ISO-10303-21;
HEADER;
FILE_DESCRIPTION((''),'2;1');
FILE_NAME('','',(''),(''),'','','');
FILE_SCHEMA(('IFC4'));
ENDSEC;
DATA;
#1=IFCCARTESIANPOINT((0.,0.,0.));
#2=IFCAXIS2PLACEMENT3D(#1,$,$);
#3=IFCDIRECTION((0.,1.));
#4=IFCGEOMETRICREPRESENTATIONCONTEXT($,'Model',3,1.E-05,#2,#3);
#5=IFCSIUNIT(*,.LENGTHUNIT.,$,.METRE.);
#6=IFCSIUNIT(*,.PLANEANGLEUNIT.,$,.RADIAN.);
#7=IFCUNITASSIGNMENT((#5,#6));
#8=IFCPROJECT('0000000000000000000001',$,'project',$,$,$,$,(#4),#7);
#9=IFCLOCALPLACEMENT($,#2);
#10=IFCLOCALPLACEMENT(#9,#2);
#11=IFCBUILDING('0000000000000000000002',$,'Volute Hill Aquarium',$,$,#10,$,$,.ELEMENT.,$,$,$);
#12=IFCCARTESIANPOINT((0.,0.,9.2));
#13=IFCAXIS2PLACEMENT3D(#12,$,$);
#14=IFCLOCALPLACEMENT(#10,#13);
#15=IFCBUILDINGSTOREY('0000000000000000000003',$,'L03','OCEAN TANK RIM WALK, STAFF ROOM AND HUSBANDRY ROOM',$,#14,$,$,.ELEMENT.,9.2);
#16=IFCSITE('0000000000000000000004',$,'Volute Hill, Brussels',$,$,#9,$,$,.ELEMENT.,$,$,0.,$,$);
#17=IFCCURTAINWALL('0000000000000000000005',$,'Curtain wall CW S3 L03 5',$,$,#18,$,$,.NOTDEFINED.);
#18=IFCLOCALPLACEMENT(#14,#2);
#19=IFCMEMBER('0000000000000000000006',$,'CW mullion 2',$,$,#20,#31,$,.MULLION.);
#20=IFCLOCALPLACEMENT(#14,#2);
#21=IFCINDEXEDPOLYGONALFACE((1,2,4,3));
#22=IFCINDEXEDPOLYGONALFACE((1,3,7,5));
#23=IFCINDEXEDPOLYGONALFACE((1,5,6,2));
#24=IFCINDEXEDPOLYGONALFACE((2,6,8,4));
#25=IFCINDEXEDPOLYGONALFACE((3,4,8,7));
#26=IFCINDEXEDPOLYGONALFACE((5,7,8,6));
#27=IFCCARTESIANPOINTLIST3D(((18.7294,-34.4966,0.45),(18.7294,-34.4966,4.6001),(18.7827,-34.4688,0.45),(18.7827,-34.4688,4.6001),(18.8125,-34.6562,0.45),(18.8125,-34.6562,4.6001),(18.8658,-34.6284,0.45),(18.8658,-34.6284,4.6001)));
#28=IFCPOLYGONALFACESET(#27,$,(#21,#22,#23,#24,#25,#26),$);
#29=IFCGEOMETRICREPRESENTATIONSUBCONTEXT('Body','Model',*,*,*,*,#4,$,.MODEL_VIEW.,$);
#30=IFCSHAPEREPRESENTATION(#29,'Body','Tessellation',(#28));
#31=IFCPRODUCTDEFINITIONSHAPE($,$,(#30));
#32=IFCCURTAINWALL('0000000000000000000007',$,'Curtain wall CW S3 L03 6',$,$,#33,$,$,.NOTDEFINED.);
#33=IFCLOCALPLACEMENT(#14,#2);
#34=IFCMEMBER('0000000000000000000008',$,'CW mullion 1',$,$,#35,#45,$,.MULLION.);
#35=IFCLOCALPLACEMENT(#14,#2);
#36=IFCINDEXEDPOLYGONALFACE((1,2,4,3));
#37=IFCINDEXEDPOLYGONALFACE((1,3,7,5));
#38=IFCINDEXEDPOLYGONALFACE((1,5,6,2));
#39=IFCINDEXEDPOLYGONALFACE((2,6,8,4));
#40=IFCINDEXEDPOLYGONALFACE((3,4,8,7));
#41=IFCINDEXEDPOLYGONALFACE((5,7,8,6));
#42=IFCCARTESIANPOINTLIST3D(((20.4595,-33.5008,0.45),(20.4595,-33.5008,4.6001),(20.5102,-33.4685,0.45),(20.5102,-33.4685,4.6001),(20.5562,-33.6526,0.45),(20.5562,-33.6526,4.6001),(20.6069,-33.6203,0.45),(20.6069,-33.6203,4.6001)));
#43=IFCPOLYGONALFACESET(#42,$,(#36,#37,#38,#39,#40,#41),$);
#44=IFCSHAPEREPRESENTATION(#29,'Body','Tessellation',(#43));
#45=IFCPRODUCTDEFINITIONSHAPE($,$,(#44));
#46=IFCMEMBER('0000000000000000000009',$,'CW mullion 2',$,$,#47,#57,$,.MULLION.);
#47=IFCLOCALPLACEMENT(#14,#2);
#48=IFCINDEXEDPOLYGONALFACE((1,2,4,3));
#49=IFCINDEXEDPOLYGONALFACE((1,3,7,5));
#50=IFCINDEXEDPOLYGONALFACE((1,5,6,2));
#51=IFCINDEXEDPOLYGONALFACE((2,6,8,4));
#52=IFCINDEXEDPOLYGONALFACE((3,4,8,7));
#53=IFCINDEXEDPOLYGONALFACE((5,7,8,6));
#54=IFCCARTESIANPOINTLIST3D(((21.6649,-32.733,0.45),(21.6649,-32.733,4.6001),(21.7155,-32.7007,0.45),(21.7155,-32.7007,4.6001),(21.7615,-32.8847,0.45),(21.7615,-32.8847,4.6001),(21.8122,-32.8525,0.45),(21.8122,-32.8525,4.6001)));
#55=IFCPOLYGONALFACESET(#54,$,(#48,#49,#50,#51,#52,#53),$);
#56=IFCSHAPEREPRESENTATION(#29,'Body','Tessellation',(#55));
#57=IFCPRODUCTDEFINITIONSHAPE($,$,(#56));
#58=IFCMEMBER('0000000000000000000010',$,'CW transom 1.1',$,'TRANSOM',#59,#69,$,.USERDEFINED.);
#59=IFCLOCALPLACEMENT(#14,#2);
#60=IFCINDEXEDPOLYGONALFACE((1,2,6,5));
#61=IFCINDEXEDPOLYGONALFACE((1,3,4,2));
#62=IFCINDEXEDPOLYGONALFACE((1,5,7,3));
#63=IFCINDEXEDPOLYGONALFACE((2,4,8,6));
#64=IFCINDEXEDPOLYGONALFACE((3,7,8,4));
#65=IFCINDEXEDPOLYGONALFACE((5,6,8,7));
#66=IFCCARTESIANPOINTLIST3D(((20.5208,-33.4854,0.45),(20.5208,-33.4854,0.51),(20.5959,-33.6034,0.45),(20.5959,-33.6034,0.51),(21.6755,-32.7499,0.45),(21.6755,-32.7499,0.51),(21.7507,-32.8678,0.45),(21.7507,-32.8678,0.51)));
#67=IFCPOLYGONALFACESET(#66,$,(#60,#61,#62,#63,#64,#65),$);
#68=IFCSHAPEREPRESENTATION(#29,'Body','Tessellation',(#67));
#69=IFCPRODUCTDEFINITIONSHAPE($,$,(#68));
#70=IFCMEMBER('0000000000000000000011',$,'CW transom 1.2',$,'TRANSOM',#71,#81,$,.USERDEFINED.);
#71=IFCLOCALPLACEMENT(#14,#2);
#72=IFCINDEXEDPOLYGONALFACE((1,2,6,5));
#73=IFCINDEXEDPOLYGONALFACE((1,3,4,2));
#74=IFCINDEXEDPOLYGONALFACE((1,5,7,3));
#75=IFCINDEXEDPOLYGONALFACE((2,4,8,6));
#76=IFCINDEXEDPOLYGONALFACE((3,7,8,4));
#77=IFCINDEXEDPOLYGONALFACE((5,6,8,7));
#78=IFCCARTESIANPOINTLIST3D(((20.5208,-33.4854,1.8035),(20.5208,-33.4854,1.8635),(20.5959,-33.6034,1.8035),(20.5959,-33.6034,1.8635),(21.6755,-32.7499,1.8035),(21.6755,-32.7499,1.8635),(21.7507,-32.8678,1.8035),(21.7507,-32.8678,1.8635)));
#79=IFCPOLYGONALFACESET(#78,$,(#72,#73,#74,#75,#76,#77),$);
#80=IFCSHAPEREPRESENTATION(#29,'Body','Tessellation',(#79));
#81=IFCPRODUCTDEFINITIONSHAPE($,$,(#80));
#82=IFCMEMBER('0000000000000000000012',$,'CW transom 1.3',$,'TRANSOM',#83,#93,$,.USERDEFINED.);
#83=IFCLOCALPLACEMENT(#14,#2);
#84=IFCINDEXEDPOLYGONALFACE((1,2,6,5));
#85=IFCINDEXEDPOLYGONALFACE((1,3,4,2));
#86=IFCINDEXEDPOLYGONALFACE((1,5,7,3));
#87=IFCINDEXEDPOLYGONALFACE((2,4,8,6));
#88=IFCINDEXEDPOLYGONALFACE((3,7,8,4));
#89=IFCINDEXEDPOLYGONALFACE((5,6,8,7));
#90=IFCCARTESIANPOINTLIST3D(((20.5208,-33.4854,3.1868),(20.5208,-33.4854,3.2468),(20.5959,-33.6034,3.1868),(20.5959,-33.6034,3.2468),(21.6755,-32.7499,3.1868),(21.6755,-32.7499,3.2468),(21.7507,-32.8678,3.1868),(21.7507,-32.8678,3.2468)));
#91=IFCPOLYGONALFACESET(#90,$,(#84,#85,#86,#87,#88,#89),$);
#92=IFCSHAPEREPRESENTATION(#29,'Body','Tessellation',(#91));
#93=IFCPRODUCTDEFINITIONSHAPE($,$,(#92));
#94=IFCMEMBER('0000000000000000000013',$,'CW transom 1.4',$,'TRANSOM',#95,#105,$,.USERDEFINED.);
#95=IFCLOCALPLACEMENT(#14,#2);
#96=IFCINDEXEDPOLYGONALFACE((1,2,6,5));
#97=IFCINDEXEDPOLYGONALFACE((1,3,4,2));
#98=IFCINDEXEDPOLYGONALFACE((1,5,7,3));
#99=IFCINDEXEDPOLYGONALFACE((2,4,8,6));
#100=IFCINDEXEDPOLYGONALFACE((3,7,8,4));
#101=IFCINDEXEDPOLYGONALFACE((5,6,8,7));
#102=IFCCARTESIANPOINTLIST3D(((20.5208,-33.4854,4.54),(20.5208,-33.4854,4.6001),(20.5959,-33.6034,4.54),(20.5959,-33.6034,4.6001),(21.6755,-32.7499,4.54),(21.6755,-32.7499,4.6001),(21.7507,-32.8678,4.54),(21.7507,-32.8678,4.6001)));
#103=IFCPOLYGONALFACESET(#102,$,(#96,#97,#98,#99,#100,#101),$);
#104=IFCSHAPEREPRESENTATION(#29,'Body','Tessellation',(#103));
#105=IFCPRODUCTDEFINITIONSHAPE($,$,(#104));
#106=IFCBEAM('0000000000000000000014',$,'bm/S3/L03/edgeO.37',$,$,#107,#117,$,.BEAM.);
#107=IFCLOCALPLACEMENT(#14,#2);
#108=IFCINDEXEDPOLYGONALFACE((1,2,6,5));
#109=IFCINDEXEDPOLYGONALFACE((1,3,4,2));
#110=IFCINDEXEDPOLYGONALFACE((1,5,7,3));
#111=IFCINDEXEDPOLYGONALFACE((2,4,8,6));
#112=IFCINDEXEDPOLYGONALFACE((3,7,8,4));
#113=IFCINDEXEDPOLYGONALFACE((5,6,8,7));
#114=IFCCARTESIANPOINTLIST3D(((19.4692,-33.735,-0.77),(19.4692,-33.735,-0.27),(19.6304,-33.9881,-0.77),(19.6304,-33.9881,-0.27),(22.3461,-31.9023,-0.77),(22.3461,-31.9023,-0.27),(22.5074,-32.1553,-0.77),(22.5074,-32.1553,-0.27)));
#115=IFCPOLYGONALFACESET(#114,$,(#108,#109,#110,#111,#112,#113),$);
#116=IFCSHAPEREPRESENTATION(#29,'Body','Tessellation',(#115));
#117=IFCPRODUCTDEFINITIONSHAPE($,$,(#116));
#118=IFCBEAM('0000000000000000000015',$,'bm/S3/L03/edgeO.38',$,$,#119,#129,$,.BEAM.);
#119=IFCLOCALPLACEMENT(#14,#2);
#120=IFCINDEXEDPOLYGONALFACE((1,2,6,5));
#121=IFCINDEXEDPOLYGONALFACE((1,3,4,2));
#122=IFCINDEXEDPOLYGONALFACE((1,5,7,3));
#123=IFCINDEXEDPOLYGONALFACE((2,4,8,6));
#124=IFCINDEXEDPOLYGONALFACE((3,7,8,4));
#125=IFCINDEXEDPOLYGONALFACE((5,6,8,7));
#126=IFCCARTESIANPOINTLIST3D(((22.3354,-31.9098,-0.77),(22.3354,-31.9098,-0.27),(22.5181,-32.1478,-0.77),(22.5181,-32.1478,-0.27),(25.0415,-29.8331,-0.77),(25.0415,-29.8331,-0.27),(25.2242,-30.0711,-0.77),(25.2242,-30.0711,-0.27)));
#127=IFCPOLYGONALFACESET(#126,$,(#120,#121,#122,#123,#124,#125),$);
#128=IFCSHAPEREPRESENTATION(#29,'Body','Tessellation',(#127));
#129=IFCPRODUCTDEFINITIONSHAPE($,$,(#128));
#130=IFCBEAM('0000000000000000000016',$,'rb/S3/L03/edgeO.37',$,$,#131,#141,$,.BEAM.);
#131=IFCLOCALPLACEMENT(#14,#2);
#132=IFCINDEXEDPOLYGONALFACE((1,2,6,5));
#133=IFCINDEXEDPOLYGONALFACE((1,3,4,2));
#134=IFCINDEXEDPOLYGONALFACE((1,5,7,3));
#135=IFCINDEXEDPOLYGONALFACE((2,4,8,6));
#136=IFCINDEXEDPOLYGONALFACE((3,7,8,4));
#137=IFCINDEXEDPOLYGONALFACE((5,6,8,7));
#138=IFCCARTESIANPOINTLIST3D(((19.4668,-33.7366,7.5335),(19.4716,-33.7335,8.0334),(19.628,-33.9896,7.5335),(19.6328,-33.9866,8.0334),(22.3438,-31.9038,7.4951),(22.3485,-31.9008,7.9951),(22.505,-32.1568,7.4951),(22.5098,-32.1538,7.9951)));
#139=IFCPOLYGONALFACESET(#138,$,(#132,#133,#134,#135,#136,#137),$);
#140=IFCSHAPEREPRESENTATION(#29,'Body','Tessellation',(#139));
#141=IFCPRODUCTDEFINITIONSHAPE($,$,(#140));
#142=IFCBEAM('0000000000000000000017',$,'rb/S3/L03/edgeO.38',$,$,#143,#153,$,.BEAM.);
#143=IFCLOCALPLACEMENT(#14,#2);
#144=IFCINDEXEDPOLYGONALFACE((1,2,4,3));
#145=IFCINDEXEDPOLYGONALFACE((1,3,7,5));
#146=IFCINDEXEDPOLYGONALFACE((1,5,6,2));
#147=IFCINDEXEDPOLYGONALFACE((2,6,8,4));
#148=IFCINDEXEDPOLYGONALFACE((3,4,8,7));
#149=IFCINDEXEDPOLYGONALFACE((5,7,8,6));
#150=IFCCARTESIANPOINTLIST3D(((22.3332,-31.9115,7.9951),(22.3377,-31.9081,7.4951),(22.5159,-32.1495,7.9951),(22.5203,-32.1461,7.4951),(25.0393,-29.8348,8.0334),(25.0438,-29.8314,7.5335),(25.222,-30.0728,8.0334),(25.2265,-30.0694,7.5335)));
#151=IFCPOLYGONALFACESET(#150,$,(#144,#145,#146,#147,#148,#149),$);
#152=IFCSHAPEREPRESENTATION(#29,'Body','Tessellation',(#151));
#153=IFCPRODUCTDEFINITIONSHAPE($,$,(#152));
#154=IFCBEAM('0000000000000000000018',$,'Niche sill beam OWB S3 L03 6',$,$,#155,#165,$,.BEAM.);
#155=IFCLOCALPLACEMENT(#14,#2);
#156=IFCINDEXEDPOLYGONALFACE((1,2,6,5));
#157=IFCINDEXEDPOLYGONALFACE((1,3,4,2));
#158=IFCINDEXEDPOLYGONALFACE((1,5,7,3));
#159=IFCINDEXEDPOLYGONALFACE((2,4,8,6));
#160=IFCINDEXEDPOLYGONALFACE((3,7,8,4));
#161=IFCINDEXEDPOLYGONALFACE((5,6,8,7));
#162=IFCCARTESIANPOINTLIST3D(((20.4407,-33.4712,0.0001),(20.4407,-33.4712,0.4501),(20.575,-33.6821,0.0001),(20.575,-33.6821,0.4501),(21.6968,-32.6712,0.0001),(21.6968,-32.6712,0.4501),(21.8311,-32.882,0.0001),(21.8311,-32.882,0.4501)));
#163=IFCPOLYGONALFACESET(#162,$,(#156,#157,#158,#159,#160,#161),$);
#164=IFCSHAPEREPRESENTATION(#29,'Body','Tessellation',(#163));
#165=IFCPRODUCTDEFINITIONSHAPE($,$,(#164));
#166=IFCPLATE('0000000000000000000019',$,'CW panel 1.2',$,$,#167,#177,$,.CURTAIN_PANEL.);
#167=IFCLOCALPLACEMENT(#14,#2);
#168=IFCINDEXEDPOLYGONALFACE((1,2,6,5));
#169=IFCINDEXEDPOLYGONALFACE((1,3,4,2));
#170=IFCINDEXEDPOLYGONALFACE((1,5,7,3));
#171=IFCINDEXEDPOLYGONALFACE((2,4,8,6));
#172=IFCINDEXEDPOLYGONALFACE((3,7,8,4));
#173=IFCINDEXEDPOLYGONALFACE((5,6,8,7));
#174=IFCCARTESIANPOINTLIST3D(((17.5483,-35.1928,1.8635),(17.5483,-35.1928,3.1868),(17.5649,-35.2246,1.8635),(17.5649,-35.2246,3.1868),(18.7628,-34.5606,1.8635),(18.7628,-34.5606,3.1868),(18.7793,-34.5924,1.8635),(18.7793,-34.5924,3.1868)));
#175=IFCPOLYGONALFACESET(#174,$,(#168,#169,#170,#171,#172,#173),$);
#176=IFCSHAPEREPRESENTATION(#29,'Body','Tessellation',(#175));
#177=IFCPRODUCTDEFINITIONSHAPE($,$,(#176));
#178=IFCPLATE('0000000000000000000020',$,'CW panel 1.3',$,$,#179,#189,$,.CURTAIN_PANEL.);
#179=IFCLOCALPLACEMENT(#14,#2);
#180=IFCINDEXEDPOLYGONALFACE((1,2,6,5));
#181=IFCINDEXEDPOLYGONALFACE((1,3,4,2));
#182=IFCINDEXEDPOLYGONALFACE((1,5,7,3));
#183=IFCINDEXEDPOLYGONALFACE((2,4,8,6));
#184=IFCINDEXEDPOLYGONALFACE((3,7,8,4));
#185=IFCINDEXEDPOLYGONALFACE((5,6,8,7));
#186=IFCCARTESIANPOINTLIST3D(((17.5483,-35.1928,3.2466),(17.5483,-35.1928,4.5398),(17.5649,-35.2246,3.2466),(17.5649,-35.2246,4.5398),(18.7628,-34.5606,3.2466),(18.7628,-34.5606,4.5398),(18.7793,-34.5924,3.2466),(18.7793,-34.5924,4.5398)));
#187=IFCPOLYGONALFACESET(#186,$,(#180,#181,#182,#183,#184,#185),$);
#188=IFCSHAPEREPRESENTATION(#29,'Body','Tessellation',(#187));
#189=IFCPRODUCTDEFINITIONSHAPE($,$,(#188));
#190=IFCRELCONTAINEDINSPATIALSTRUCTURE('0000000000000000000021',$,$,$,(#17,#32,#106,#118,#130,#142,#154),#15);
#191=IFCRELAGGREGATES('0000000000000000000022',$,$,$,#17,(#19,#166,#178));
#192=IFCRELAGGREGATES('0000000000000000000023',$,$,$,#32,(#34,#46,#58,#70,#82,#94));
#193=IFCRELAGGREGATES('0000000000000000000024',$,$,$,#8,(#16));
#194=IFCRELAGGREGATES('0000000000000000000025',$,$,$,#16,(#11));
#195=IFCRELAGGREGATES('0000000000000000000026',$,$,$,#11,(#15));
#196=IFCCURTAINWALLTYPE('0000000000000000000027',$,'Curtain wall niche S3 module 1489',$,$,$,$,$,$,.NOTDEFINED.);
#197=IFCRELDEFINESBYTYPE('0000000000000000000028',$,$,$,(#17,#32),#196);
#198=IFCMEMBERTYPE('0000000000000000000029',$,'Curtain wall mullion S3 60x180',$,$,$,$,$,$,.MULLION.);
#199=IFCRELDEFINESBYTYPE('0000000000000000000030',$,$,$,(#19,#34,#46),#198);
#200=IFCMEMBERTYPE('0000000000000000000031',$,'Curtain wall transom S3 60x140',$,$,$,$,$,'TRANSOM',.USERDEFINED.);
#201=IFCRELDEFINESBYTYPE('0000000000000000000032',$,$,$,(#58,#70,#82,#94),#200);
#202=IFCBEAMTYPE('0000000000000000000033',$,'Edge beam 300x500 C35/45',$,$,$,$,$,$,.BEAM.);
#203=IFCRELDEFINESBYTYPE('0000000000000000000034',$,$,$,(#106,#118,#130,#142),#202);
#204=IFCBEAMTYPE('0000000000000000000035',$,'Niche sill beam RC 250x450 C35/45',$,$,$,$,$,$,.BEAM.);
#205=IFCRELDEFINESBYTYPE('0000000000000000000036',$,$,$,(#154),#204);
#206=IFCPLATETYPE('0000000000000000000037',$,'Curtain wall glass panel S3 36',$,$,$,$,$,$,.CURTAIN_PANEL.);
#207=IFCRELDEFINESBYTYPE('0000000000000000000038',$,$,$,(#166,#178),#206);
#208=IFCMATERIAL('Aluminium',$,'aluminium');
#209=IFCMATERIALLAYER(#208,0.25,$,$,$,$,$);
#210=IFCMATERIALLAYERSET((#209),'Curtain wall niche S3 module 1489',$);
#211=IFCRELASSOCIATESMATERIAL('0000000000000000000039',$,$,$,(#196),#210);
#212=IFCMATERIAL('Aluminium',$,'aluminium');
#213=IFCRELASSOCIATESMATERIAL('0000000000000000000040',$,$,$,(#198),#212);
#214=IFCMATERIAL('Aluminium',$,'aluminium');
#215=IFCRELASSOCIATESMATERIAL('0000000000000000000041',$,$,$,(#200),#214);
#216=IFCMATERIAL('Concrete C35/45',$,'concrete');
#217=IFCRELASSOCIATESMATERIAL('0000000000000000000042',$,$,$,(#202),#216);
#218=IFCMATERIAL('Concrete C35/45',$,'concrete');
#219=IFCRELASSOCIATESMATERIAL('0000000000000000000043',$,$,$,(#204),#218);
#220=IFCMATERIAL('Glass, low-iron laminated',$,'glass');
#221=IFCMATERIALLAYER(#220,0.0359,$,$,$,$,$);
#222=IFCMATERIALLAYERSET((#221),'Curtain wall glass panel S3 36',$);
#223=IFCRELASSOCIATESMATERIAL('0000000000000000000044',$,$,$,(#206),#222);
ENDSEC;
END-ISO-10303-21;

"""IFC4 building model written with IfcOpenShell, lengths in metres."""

from ifc_helpers import new_model, si_unit, direction, frame, origin, origin_2d, place, context, subcontext, project, spatial, rectangle, extrude, material, layer, layer_set, material_profile, profile_set, type_object, element, aggregate, save


model = new_model("IFC4")

# Units and contexts
model_context = context("Model", 3, precision=1e-05, world=origin(), true_north=direction((0.0, 1.0)))
body_context = subcontext(model_context, "Body", "Model", "MODEL_VIEW")
ifc_project = project(units=[si_unit("LENGTHUNIT", "METRE"), si_unit("PLANEANGLEUNIT", "RADIAN")], contexts=[model_context])

# Site, building, storey
site_placement = place(None, origin())
site = spatial("IfcSite", under=ifc_project, at=site_placement, Name="Volute Hill, Brussels", CompositionType="ELEMENT", RefElevation=0.0)
building_placement = place(site_placement, origin())
building = spatial("IfcBuilding", under=site, at=building_placement, Name="Volute Hill Aquarium", CompositionType="ELEMENT")
storey_placement = place(building_placement, frame((0.0, 0.0, 9.2)))
storey = spatial("IfcBuildingStorey", under=building, at=storey_placement, Name="L03", Description="OCEAN TANK RIM WALK, STAFF ROOM AND HUSBANDRY ROOM", CompositionType="ELEMENT", Elevation=9.2)

# Curtain wall, member
ifc_material_1 = material(Name="Aluminium", Category="aluminium")
ifc_layer_1 = layer(ifc_material_1, 0.25)
ifc_layer_set_1 = layer_set([ifc_layer_1], Name="Curtain wall niche S3 module 1489")
curtain_wall_type = type_object("IfcCurtainWallType", Name="Curtain wall niche S3 module 1489", PredefinedType="NOTDEFINED", material=ifc_layer_set_1)
curtain_wall_1_placement = place(storey_placement, origin())
curtain_wall_1 = element("IfcCurtainWall", 1, at=curtain_wall_1_placement, inside=storey, type_object=curtain_wall_type, Name="Curtain wall CW S3 L03 5", PredefinedType="NOTDEFINED")
ifc_material_2 = material(Name="Aluminium", Category="aluminium")
ifc_material_profile_1 = material_profile(ifc_material_2, rectangle(XDim=0.1799, YDim=0.0601, at=origin_2d()), Name="Curtain wall mullion S3 60x180")
ifc_profile_set_1 = profile_set([ifc_material_profile_1], Name="Aluminium")
member_type_1 = type_object("IfcMemberType", Name="Curtain wall mullion S3 60x180", PredefinedType="MULLION", material=ifc_profile_set_1)
member_1_placement = place(storey_placement, frame((18.7976, -34.5625, 0.45), z_axis=(0.0, 0.0, 1.0), x_axis=(-0.461744, 0.887013, 0.0)))
member_1 = element("IfcMember", 2, at=member_1_placement, type_object=member_type_1, Name="CW mullion 2", PredefinedType="MULLION", context=body_context, shape_type="SweptSolid", body=[
    extrude(rectangle(XDim=0.1799, YDim=0.0601, at=origin_2d()), origin(), (0.0, 0.0, 1.0), 4.1501),
])

# Curtain wall, members
curtain_wall_2_placement = place(storey_placement, origin())
curtain_wall_2 = element("IfcCurtainWall", 3, at=curtain_wall_2_placement, inside=storey, type_object=curtain_wall_type, Name="Curtain wall CW S3 L03 6", PredefinedType="NOTDEFINED")
member_2_placement = place(storey_placement, frame((20.5332, -33.5605, 0.45), z_axis=(0.0, 0.0, 1.0), x_axis=(-0.537307, 0.843387, 0.0)))
member_2 = element("IfcMember", 4, at=member_2_placement, type_object=member_type_1, Name="CW mullion 1", PredefinedType="MULLION", context=body_context, shape_type="SweptSolid", body=[
    extrude(rectangle(XDim=0.1799, YDim=0.0601, at=origin_2d()), origin(), (0.0, 0.0, 1.0), 4.1501),
])
member_3_placement = place(storey_placement, frame((21.7385, -32.7927, 0.45), z_axis=(0.0, 0.0, 1.0), x_axis=(-0.537307, 0.843387, 0.0)))
member_3 = element("IfcMember", 5, at=member_3_placement, type_object=member_type_1, Name="CW mullion 2", PredefinedType="MULLION", context=body_context, shape_type="SweptSolid", body=[
    extrude(rectangle(XDim=0.1799, YDim=0.0601, at=origin_2d()), origin(), (0.0, 0.0, 1.0), 4.1501),
])
ifc_material_3 = material(Name="Aluminium", Category="aluminium")
ifc_material_profile_2 = material_profile(ifc_material_3, rectangle(XDim=0.1399, YDim=0.0601, at=origin_2d()), Name="Curtain wall transom S3 60x140")
ifc_profile_set_2 = profile_set([ifc_material_profile_2], Name="Aluminium")
member_type_2 = type_object("IfcMemberType", Name="Curtain wall transom S3 60x140", ElementType="TRANSOM", PredefinedType="USERDEFINED", material=ifc_profile_set_2)
member_4_placement = place(storey_placement, frame((20.5583, -33.5444, 0.48), z_axis=(0.843419, 0.537256, 0.0), x_axis=(-0.537256, 0.843419, 0.0)))
member_4 = element("IfcMember", 6, at=member_4_placement, type_object=member_type_2, Name="CW transom 1.1", ObjectType="TRANSOM", PredefinedType="USERDEFINED", context=body_context, shape_type="SweptSolid", body=[
    extrude(rectangle(XDim=0.1399, YDim=0.0601, at=origin_2d()), origin(), (0.0, 0.0, 1.0), 1.3691),
])
member_5_placement = place(storey_placement, frame((20.5583, -33.5444, 1.8335), z_axis=(0.843419, 0.537256, 0.0), x_axis=(-0.537256, 0.843419, 0.0)))
member_5 = element("IfcMember", 7, at=member_5_placement, type_object=member_type_2, Name="CW transom 1.2", ObjectType="TRANSOM", PredefinedType="USERDEFINED", context=body_context, shape_type="SweptSolid", body=[
    extrude(rectangle(XDim=0.1399, YDim=0.0601, at=origin_2d()), origin(), (0.0, 0.0, 1.0), 1.3691),
])
member_6_placement = place(storey_placement, frame((20.5583, -33.5444, 3.2168), z_axis=(0.843419, 0.537256, 0.0), x_axis=(-0.537256, 0.843419, 0.0)))
member_6 = element("IfcMember", 8, at=member_6_placement, type_object=member_type_2, Name="CW transom 1.3", ObjectType="TRANSOM", PredefinedType="USERDEFINED", context=body_context, shape_type="SweptSolid", body=[
    extrude(rectangle(XDim=0.1399, YDim=0.0601, at=origin_2d()), origin(), (0.0, 0.0, 1.0), 1.3691),
])
member_7_placement = place(storey_placement, frame((20.5583, -33.5444, 4.5701), z_axis=(0.843419, 0.537256, 0.0), x_axis=(-0.537256, 0.843419, 0.0)))
member_7 = element("IfcMember", 9, at=member_7_placement, type_object=member_type_2, Name="CW transom 1.4", ObjectType="TRANSOM", PredefinedType="USERDEFINED", context=body_context, shape_type="SweptSolid", body=[
    extrude(rectangle(XDim=0.1399, YDim=0.0601, at=origin_2d()), origin(), (0.0, 0.0, 1.0), 1.3691),
])

# Beams
ifc_material_4 = material(Name="Concrete C35/45", Category="concrete")
ifc_material_profile_3 = material_profile(ifc_material_4, rectangle(XDim=0.3, YDim=0.5, at=origin_2d()), Name="RC edge beam 300x500")
ifc_profile_set_3 = profile_set([ifc_material_profile_3], Name="Concrete C35/45")
beam_type_1 = type_object("IfcBeamType", Name="Edge beam 300x500 C35/45", PredefinedType="BEAM", material=ifc_profile_set_3)
for number, where, z_axis, x_axis, name in (
    (10, (19.5498, -33.8616, -0.52), (0.843399, 0.537288, 0.0), (-0.537288, 0.843399, 0.0), "bm/S3/L03/edgeO.37"),
    (11, (22.4268, -32.0288, -0.52), (0.793321, 0.608804, 0.0), (-0.608804, 0.793321, 0.0), "bm/S3/L03/edgeO.38"),
):
    element("IfcBeam", number, at=place(storey_placement, frame(where, z_axis=z_axis, x_axis=x_axis)), inside=storey, type_object=beam_type_1, Name=name, PredefinedType="BEAM", context=body_context, shape_type="SweptSolid", body=[
        extrude(rectangle(XDim=0.3, YDim=0.5, at=origin_2d()), origin(), (0.0, 0.0, 1.0), 3.4111),
    ])
for number, where, z_axis, x_axis, name in (
    (12, (19.5498, -33.8616, 7.7834), (0.843346, 0.537254, -0.011236), (-0.537288, 0.843399, 0.0), "rb/S3/L03/edgeO.37"),
    (13, (22.4268, -32.0288, 7.7451), (0.79327, 0.608766, 0.011236), (-0.608804, 0.793321, 0.0), "rb/S3/L03/edgeO.38"),
):
    element("IfcBeam", number, at=place(storey_placement, frame(where, z_axis=z_axis, x_axis=x_axis)), inside=storey, type_object=beam_type_1, Name=name, PredefinedType="BEAM", context=body_context, shape_type="SweptSolid", body=[
        extrude(rectangle(XDim=0.3, YDim=0.5, at=origin_2d()), origin(), (0.0, 0.0, 1.0), 3.4114),
    ])
ifc_material_5 = material(Name="Concrete C35/45", Category="concrete")
ifc_material_profile_4 = material_profile(ifc_material_5, rectangle(XDim=0.25, YDim=0.45, at=origin_2d()), Name="RC beam 250x450")
ifc_profile_set_4 = profile_set([ifc_material_profile_4], Name="Concrete C35/45")
beam_type_2 = type_object("IfcBeamType", Name="Niche sill beam RC 250x450 C35/45", PredefinedType="BEAM", material=ifc_profile_set_4)
beam_placement = place(storey_placement, frame((20.5078, -33.5767, 0.2251), z_axis=(0.843445, 0.537215, 0.0), x_axis=(-0.537215, 0.843445, 0.0)))
element("IfcBeam", 14, at=beam_placement, inside=storey, type_object=beam_type_2, Name="Niche sill beam OWB S3 L03 6", PredefinedType="BEAM", context=body_context, shape_type="SweptSolid", body=[
    extrude(rectangle(XDim=0.25, YDim=0.45, at=origin_2d()), origin(), (0.0, 0.0, 1.0), 1.4893),
])

# Plates
ifc_material_6 = material(Name="Glass, low-iron laminated", Category="glass")
ifc_layer_2 = layer(ifc_material_6, 0.0359)
ifc_layer_set_2 = layer_set([ifc_layer_2], Name="Curtain wall glass panel S3 36")
plate_type_1 = type_object("IfcPlateType", Name="Curtain wall glass panel S3 36", PredefinedType="CURTAIN_PANEL", material=ifc_layer_set_2)
plate_1_placement = place(storey_placement, frame((18.1638, -34.8926, 1.8635), z_axis=(0.0, 0.0, 1.0), x_axis=(0.887013, 0.461744, 0.0)))
plate_1 = element("IfcPlate", 15, at=plate_1_placement, type_object=plate_type_1, Name="CW panel 1.2", PredefinedType="CURTAIN_PANEL", context=body_context, shape_type="SweptSolid", body=[
    extrude(rectangle(XDim=1.3691, YDim=0.0359, at=origin_2d()), origin(), (0.0, 0.0, 1.0), 1.3232),
])
plate_2_placement = place(storey_placement, frame((18.1638, -34.8926, 3.2466), z_axis=(0.0, 0.0, 1.0), x_axis=(0.887013, 0.461744, 0.0)))
plate_2 = element("IfcPlate", 16, at=plate_2_placement, type_object=plate_type_1, Name="CW panel 1.3", PredefinedType="CURTAIN_PANEL", context=body_context, shape_type="SweptSolid", body=[
    extrude(rectangle(XDim=1.3691, YDim=0.0359, at=origin_2d()), origin(), (0.0, 0.0, 1.0), 1.2932),
])
aggregate(curtain_wall_1, [member_1, plate_1, plate_2])
aggregate(curtain_wall_2, [member_2, member_3, member_4, member_5, member_6, member_7])

save(model, "model.ifc")
